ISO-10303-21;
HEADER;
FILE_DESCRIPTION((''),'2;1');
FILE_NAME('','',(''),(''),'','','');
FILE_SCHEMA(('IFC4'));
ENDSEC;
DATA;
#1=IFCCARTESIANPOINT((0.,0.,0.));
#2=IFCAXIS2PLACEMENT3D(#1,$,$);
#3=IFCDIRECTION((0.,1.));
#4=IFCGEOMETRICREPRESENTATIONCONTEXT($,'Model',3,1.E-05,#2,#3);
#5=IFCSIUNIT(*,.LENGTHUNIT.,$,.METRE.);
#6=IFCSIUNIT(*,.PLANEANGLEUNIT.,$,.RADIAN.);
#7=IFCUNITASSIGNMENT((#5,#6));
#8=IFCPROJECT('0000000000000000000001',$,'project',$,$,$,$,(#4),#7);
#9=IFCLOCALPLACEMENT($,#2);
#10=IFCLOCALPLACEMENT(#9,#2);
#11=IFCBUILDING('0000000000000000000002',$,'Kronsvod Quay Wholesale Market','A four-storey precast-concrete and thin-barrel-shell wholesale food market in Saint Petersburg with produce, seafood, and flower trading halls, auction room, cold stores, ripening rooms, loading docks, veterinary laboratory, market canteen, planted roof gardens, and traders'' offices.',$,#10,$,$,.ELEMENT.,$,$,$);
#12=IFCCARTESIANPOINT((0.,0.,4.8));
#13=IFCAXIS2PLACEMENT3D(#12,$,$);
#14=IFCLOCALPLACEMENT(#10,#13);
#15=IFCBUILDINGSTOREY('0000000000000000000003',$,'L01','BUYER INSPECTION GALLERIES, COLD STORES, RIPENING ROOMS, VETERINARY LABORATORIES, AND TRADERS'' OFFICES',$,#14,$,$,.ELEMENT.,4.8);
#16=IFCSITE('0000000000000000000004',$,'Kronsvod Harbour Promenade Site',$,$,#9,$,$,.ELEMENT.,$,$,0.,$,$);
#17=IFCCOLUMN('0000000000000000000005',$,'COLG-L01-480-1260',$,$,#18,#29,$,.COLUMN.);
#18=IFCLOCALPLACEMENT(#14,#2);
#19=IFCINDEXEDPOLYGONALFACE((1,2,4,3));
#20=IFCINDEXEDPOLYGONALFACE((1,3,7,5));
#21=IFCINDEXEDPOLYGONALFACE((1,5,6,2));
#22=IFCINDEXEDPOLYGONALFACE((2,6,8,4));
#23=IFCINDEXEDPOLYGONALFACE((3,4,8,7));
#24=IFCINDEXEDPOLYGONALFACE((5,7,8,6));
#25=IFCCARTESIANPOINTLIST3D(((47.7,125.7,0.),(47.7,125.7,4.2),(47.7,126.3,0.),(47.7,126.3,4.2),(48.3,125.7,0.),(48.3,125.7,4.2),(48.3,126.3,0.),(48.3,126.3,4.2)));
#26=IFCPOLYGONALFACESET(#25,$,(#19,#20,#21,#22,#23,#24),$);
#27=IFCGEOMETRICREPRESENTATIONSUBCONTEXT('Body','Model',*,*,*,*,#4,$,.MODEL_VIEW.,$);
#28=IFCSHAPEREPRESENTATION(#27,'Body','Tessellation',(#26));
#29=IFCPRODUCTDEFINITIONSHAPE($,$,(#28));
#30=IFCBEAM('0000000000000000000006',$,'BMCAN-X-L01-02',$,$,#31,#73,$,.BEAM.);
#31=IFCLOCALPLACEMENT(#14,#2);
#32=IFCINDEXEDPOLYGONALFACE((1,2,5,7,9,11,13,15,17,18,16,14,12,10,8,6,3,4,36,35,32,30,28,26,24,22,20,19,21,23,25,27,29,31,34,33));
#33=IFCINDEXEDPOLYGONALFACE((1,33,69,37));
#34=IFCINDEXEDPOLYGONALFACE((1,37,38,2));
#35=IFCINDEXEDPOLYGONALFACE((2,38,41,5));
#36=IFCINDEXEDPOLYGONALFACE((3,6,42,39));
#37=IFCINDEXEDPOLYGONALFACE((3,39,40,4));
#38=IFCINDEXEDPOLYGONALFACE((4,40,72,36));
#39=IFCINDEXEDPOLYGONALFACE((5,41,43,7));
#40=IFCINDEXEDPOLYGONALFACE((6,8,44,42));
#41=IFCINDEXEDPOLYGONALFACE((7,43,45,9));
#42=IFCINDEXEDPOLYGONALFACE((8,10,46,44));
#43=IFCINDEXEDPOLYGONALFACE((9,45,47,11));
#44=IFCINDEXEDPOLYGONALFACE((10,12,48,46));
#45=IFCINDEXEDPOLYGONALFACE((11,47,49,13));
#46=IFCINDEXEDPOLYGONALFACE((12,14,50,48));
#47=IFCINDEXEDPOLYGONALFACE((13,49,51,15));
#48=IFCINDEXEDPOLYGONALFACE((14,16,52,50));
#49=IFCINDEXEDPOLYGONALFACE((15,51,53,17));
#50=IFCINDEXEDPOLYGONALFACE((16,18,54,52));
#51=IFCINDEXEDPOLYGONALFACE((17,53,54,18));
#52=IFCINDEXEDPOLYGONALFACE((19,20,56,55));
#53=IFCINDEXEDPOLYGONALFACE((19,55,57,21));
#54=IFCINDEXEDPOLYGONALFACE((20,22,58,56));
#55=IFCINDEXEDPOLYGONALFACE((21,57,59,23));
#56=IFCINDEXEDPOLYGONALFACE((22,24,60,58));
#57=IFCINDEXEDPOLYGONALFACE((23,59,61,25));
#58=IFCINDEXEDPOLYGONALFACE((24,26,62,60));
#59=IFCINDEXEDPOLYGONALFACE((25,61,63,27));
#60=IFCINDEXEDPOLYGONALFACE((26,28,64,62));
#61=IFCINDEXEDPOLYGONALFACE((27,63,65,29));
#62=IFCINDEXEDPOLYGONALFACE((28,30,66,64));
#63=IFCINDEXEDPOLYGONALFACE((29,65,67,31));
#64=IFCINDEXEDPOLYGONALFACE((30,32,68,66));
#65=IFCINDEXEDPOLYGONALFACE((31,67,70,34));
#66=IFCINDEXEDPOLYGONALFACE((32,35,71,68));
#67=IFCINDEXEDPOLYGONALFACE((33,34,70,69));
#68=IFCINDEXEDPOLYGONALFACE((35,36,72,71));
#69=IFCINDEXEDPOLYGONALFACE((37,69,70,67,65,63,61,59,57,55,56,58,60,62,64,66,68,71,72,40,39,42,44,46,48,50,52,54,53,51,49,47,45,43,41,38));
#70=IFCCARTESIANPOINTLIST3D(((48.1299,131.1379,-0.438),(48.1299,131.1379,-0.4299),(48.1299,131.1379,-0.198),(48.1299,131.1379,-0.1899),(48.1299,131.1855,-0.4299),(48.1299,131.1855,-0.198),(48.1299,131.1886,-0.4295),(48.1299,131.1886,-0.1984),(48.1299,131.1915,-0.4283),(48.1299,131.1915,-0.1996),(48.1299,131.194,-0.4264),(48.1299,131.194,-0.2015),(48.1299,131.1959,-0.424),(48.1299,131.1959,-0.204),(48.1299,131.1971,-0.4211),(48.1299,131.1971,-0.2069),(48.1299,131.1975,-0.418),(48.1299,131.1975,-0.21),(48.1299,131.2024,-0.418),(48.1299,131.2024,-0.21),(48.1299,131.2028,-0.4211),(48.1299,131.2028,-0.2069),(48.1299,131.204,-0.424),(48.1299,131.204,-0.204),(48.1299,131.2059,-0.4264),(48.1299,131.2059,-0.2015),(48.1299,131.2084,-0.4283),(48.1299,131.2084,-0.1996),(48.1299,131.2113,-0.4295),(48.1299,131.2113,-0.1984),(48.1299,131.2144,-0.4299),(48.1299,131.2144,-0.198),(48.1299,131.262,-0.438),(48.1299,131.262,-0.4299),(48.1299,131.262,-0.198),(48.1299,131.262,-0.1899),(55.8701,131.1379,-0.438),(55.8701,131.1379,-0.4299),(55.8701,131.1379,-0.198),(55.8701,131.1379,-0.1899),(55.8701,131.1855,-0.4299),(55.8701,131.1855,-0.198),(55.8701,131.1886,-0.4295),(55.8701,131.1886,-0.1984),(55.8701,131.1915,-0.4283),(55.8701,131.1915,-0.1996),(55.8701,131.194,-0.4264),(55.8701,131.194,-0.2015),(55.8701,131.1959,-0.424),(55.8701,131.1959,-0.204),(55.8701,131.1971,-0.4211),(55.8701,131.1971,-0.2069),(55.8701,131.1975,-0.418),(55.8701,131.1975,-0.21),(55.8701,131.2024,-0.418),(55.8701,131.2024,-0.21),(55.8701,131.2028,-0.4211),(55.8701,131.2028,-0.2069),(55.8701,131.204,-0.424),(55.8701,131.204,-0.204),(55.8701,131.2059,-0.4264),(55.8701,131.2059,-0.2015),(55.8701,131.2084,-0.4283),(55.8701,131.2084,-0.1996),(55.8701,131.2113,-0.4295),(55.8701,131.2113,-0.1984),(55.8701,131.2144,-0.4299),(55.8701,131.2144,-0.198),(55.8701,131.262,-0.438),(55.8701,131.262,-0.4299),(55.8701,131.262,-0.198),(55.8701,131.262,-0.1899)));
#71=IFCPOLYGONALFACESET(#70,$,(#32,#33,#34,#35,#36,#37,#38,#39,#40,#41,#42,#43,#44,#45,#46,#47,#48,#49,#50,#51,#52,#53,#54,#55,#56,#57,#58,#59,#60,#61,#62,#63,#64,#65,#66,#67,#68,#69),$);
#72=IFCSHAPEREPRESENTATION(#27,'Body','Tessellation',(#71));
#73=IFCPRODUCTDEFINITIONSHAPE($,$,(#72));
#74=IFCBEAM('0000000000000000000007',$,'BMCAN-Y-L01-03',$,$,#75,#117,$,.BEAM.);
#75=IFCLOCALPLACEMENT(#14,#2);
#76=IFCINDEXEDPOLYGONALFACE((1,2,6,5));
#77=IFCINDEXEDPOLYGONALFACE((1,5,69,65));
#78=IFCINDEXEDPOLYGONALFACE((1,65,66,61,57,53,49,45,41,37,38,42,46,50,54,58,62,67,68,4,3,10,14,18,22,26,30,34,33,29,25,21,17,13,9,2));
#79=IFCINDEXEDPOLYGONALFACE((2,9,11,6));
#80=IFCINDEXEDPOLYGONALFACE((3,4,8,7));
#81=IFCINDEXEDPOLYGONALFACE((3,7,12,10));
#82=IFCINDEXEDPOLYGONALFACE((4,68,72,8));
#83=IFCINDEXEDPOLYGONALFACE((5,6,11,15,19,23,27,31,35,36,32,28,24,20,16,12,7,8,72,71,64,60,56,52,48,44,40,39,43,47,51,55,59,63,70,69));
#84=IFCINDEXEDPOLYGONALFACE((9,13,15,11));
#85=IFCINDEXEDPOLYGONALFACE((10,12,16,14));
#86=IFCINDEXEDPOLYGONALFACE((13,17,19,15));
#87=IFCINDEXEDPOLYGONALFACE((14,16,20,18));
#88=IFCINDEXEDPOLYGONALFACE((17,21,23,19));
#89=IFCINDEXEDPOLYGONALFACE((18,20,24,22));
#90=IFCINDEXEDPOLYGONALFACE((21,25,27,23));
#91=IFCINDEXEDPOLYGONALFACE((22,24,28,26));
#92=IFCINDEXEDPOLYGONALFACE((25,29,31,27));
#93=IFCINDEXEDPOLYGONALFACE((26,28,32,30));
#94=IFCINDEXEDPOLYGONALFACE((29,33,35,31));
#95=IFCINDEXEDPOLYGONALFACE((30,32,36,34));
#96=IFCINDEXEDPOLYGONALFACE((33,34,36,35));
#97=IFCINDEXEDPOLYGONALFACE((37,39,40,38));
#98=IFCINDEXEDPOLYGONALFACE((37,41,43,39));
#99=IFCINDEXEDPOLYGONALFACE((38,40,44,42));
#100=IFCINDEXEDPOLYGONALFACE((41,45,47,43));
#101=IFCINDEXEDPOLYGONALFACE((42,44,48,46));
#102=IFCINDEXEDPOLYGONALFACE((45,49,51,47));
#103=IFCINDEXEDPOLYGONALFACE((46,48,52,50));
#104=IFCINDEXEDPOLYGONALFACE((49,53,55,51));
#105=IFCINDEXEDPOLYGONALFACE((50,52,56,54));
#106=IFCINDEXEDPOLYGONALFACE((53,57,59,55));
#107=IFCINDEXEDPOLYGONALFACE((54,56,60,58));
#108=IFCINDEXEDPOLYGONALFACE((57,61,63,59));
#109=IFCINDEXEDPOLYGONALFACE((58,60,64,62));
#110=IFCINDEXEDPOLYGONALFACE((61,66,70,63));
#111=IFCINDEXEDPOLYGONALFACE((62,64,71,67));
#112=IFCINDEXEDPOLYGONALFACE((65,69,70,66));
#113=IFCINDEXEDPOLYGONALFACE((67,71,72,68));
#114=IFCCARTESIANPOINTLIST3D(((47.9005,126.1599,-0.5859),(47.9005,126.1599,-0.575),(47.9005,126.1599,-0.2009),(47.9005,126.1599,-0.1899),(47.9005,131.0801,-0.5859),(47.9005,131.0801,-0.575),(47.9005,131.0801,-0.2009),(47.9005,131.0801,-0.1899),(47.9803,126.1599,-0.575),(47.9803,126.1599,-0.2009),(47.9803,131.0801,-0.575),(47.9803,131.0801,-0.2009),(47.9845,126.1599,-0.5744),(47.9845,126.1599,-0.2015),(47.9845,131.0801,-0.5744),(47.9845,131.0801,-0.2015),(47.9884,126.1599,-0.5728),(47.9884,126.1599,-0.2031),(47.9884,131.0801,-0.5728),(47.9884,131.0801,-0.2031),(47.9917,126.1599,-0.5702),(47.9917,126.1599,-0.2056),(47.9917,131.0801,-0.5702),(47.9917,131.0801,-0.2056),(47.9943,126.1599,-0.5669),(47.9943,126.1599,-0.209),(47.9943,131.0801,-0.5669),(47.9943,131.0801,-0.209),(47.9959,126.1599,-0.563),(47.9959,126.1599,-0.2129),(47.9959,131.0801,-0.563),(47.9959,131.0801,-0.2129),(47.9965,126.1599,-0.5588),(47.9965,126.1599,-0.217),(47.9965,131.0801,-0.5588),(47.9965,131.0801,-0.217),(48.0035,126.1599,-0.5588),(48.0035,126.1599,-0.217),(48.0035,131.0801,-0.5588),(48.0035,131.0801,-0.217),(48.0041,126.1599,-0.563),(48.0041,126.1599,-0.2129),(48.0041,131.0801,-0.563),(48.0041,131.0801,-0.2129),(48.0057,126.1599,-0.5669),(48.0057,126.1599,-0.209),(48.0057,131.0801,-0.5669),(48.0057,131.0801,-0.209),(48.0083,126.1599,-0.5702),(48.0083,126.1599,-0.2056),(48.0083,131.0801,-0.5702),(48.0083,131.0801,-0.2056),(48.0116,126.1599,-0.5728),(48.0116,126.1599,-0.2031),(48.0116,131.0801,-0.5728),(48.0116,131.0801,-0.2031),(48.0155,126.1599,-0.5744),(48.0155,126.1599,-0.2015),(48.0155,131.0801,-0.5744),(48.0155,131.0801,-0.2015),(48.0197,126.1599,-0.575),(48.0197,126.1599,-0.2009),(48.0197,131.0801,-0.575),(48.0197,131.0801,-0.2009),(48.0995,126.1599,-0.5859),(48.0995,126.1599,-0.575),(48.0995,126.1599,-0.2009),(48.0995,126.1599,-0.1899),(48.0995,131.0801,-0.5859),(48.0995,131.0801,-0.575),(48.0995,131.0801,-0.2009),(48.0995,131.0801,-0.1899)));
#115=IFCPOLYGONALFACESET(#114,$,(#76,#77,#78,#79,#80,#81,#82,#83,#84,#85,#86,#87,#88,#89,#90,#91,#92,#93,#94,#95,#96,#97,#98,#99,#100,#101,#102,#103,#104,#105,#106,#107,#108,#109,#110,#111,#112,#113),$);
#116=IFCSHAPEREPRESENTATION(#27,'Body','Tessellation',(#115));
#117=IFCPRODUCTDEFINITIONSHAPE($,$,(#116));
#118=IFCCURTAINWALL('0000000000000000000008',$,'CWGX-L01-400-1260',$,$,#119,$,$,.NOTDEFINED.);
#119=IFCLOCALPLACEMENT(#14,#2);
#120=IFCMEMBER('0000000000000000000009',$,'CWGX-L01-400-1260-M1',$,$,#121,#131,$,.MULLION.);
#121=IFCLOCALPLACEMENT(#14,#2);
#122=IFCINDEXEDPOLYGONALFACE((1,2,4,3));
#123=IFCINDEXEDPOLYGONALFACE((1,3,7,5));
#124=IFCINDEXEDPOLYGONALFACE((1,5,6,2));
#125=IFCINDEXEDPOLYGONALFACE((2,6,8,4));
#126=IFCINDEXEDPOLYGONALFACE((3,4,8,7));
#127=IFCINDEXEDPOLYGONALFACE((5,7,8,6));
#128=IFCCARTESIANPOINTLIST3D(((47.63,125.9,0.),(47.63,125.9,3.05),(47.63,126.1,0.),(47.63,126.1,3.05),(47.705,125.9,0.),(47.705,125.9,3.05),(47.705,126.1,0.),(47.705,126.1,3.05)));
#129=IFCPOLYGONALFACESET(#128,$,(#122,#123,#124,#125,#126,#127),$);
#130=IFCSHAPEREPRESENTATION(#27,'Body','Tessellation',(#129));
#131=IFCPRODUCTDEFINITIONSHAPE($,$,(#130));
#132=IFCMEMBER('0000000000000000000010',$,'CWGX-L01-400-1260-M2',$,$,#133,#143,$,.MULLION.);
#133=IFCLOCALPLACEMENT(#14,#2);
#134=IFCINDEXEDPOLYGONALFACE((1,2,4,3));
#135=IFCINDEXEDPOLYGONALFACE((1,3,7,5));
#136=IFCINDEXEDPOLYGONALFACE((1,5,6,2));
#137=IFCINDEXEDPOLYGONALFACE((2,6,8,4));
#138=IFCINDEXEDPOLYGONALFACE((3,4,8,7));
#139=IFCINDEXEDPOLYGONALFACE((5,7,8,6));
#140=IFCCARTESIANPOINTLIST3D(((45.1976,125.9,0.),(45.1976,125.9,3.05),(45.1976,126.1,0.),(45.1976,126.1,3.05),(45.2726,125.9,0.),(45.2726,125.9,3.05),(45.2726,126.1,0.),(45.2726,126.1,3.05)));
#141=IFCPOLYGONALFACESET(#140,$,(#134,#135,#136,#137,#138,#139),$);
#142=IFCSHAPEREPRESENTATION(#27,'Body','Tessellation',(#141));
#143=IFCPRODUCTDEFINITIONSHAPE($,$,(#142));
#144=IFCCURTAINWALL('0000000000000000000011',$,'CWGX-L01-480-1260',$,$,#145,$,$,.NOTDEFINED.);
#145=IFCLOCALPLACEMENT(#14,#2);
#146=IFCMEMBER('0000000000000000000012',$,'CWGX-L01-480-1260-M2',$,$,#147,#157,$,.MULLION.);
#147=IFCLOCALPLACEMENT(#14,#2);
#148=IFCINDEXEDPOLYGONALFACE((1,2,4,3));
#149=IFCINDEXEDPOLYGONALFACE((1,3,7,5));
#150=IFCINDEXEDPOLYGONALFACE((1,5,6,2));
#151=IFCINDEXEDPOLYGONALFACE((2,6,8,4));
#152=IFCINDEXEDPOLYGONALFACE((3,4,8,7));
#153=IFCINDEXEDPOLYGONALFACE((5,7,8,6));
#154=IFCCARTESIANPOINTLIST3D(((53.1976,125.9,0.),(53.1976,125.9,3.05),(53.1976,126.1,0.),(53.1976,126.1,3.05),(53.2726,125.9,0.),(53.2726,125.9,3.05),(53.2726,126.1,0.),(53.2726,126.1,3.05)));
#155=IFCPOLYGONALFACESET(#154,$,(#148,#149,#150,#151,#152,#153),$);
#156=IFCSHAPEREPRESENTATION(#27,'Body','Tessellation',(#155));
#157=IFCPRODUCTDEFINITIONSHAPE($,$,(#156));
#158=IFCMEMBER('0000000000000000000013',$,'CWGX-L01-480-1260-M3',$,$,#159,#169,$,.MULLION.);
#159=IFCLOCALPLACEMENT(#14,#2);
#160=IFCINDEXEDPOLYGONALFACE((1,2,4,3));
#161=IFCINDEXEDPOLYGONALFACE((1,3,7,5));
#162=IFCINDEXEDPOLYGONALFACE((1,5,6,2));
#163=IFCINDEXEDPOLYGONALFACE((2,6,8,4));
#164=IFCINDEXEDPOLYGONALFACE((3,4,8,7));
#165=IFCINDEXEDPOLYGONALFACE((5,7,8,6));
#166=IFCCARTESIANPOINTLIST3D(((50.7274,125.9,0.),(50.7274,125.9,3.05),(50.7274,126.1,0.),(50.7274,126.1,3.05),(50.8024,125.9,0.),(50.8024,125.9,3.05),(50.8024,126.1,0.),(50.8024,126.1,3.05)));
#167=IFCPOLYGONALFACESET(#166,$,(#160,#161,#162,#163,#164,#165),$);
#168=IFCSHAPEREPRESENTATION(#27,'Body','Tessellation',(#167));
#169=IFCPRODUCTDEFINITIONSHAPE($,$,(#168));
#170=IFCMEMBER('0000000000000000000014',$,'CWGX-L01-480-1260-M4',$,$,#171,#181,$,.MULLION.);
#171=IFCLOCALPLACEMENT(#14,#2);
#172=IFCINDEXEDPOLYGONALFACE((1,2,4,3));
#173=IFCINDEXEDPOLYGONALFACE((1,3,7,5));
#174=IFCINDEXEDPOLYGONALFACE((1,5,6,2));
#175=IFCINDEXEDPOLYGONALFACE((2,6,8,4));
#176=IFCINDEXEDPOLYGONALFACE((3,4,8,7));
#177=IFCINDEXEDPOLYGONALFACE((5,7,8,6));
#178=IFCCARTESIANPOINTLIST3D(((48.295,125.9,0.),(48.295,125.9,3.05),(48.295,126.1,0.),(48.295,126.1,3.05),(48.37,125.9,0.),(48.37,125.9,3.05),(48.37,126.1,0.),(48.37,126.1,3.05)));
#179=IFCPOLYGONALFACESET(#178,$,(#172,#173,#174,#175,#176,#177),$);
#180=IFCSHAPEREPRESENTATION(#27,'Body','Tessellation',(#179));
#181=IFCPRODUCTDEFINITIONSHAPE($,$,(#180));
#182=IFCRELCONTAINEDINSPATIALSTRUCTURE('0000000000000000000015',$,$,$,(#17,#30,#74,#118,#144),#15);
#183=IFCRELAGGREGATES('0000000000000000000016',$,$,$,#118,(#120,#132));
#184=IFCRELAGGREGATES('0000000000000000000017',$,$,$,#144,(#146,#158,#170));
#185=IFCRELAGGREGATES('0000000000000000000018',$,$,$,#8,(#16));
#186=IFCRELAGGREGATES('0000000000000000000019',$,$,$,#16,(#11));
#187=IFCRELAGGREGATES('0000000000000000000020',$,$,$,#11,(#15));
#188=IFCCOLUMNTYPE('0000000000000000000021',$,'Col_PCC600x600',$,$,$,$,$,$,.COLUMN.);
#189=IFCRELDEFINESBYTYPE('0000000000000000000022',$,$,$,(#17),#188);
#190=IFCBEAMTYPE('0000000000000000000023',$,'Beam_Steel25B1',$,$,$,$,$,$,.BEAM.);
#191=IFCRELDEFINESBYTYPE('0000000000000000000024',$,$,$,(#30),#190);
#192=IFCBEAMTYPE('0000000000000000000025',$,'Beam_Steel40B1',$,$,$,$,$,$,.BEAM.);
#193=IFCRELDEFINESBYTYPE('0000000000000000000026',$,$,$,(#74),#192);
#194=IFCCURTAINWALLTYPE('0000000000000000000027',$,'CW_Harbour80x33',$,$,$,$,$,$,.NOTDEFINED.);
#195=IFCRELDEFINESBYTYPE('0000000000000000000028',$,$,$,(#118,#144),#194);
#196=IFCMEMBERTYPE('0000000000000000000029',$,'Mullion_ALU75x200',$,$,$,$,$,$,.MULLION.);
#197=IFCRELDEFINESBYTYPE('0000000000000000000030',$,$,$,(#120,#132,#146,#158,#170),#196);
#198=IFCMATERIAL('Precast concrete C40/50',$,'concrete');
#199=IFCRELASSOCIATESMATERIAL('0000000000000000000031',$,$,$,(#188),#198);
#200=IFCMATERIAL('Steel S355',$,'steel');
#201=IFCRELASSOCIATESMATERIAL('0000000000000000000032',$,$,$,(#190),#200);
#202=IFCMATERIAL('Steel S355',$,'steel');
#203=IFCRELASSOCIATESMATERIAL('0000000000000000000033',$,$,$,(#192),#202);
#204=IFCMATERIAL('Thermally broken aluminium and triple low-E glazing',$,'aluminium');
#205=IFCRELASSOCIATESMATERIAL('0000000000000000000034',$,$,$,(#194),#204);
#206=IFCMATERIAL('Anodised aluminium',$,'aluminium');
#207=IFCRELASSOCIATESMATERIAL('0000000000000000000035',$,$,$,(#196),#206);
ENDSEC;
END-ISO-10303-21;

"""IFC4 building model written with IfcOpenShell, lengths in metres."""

from ifc_helpers import new_model, si_unit, direction, frame, origin, origin_2d, place, context, subcontext, project, spatial, rectangle, i_section, extrude, material, material_profile, profile_set, type_object, element, aggregate, save


model = new_model("IFC4")

# Units and contexts
model_context = context("Model", 3, precision=1e-05, world=origin(), true_north=direction((0.0, 1.0)))
body_context = subcontext(model_context, "Body", "Model", "MODEL_VIEW")
ifc_project = project(units=[si_unit("LENGTHUNIT", "METRE"), si_unit("PLANEANGLEUNIT", "RADIAN")], contexts=[model_context])

# Site, building, storey
site_placement = place(None, origin())
site = spatial("IfcSite", under=ifc_project, at=site_placement, Name="Kronsvod Harbour Promenade Site", CompositionType="ELEMENT", RefElevation=0.0)
building_placement = place(site_placement, origin())
building = spatial("IfcBuilding", under=site, at=building_placement, Name="Kronsvod Quay Wholesale Market", Description="A four-storey precast-concrete and thin-barrel-shell wholesale food market in Saint Petersburg with produce, seafood, and flower trading halls, auction room, cold stores, ripening rooms, loading docks, veterinary laboratory, market canteen, planted roof gardens, and traders' offices.", CompositionType="ELEMENT")
storey_placement = place(building_placement, frame((0.0, 0.0, 4.8)))
storey = spatial("IfcBuildingStorey", under=building, at=storey_placement, Name="L01", Description="BUYER INSPECTION GALLERIES, COLD STORES, RIPENING ROOMS, VETERINARY LABORATORIES, AND TRADERS' OFFICES", CompositionType="ELEMENT", Elevation=4.8)

# Column
ifc_material_1 = material(Name="Precast concrete C40/50", Category="concrete")
ifc_material_profile_1 = material_profile(ifc_material_1, rectangle(XDim=0.6001, YDim=0.6001, at=origin_2d()), Name="PCC600x600")
ifc_profile_set_1 = profile_set([ifc_material_profile_1], Name="Precast concrete C40/50")
column_type = type_object("IfcColumnType", Name="Col_PCC600x600", PredefinedType="COLUMN", material=ifc_profile_set_1)
column_placement = place(storey_placement, frame((48.0, 126.0, 0.0), z_axis=(0.0, 0.0, 1.0), x_axis=(1.0, 0.0, 0.0)))
element("IfcColumn", 1, at=column_placement, inside=storey, type_object=column_type, Name="COLG-L01-480-1260", PredefinedType="COLUMN", context=body_context, shape_type="SweptSolid", body=[
    extrude(rectangle(XDim=0.6001, YDim=0.6001, at=origin_2d()), origin(), (0.0, 0.0, 1.0), 4.2),
])

# Beams
ifc_material_2 = material(Name="Steel S355", Category="steel")
ifc_material_profile_2 = material_profile(ifc_material_2, i_section(OverallWidth=0.124, OverallDepth=0.248, WebThickness=0.0049, FlangeThickness=0.0081, FilletRadius=0.012, at=origin_2d()), Name="25B1")
ifc_profile_set_2 = profile_set([ifc_material_profile_2], Name="Steel S355")
beam_type_1 = type_object("IfcBeamType", Name="Beam_Steel25B1", PredefinedType="BEAM", material=ifc_profile_set_2)
beam_1_placement = place(storey_placement, frame((48.1299, 131.2, -0.314), z_axis=(1.0, 0.0, 0.0), x_axis=(0.0, 1.0, 0.0)))
element("IfcBeam", 2, at=beam_1_placement, inside=storey, type_object=beam_type_1, Name="BMCAN-X-L01-02", PredefinedType="BEAM", context=body_context, shape_type="SweptSolid", body=[
    extrude(i_section(OverallWidth=0.124, OverallDepth=0.248, WebThickness=0.0049, FlangeThickness=0.0081, FilletRadius=0.012, at=origin_2d()), origin(), (0.0, 0.0, 1.0), 7.7402),
])
ifc_material_3 = material(Name="Steel S355", Category="steel")
ifc_material_profile_3 = material_profile(ifc_material_3, i_section(OverallWidth=0.199, OverallDepth=0.396, WebThickness=0.0071, FlangeThickness=0.011, FilletRadius=0.0161, at=origin_2d()), Name="40B1")
ifc_profile_set_3 = profile_set([ifc_material_profile_3], Name="Steel S355")
beam_type_2 = type_object("IfcBeamType", Name="Beam_Steel40B1", PredefinedType="BEAM", material=ifc_profile_set_3)
beam_2_placement = place(storey_placement, frame((48.0, 126.1599, -0.3879), z_axis=(0.0, 1.0, 0.0), x_axis=(-1.0, 0.0, 0.0)))
element("IfcBeam", 3, at=beam_2_placement, inside=storey, type_object=beam_type_2, Name="BMCAN-Y-L01-03", PredefinedType="BEAM", context=body_context, shape_type="SweptSolid", body=[
    extrude(i_section(OverallWidth=0.199, OverallDepth=0.396, WebThickness=0.0071, FlangeThickness=0.011, FilletRadius=0.0161, at=origin_2d()), origin(), (0.0, 0.0, 1.0), 4.9202),
])

# Curtain walls, members
ifc_material_4 = material(Name="Thermally broken aluminium and triple low-E glazing", Category="aluminium")
curtain_wall_type = type_object("IfcCurtainWallType", Name="CW_Harbour80x33", PredefinedType="NOTDEFINED", material=ifc_material_4)
curtain_wall_1_placement = place(storey_placement, origin())
curtain_wall_1 = element("IfcCurtainWall", 4, at=curtain_wall_1_placement, inside=storey, type_object=curtain_wall_type, Name="CWGX-L01-400-1260", PredefinedType="NOTDEFINED")
ifc_material_5 = material(Name="Anodised aluminium", Category="aluminium")
ifc_material_profile_4 = material_profile(ifc_material_5, rectangle(XDim=0.075, YDim=0.2, at=origin_2d()), Name="ALUM75x200")
ifc_profile_set_4 = profile_set([ifc_material_profile_4], Name="Anodised aluminium")
member_type_1 = type_object("IfcMemberType", Name="Mullion_ALU75x200", PredefinedType="MULLION", material=ifc_profile_set_4)
member_1_placement = place(storey_placement, frame((47.6675, 126.0, 0.0), z_axis=(0.0, 0.0, 1.0), x_axis=(1.0, 0.0, 0.0)))
member_1 = element("IfcMember", 5, at=member_1_placement, type_object=member_type_1, Name="CWGX-L01-400-1260-M1", PredefinedType="MULLION", context=body_context, shape_type="SweptSolid", body=[
    extrude(rectangle(XDim=0.075, YDim=0.2, at=origin_2d()), origin(), (0.0, 0.0, 1.0), 3.05),
])
member_2_placement = place(storey_placement, frame((45.2351, 126.0, 0.0), z_axis=(0.0, 0.0, 1.0), x_axis=(1.0, 0.0, 0.0)))
member_2 = element("IfcMember", 6, at=member_2_placement, type_object=member_type_1, Name="CWGX-L01-400-1260-M2", PredefinedType="MULLION", context=body_context, shape_type="SweptSolid", body=[
    extrude(rectangle(XDim=0.075, YDim=0.2, at=origin_2d()), origin(), (0.0, 0.0, 1.0), 3.05),
])
curtain_wall_2_placement = place(storey_placement, origin())
curtain_wall_2 = element("IfcCurtainWall", 7, at=curtain_wall_2_placement, inside=storey, type_object=curtain_wall_type, Name="CWGX-L01-480-1260", PredefinedType="NOTDEFINED")
member_3_placement = place(storey_placement, frame((53.2351, 126.0, 0.0), z_axis=(0.0, 0.0, 1.0), x_axis=(1.0, 0.0, 0.0)))
member_3 = element("IfcMember", 8, at=member_3_placement, type_object=member_type_1, Name="CWGX-L01-480-1260-M2", PredefinedType="MULLION", context=body_context, shape_type="SweptSolid", body=[
    extrude(rectangle(XDim=0.075, YDim=0.2, at=origin_2d()), origin(), (0.0, 0.0, 1.0), 3.05),
])
member_4_placement = place(storey_placement, frame((50.7649, 126.0, 0.0), z_axis=(0.0, 0.0, 1.0), x_axis=(1.0, 0.0, 0.0)))
member_4 = element("IfcMember", 9, at=member_4_placement, type_object=member_type_1, Name="CWGX-L01-480-1260-M3", PredefinedType="MULLION", context=body_context, shape_type="SweptSolid", body=[
    extrude(rectangle(XDim=0.075, YDim=0.2, at=origin_2d()), origin(), (0.0, 0.0, 1.0), 3.05),
])
member_5_placement = place(storey_placement, frame((48.3325, 126.0, 0.0), z_axis=(0.0, 0.0, 1.0), x_axis=(1.0, 0.0, 0.0)))
member_5 = element("IfcMember", 10, at=member_5_placement, type_object=member_type_1, Name="CWGX-L01-480-1260-M4", PredefinedType="MULLION", context=body_context, shape_type="SweptSolid", body=[
    extrude(rectangle(XDim=0.075, YDim=0.2, at=origin_2d()), origin(), (0.0, 0.0, 1.0), 3.05),
])

aggregate(curtain_wall_1, [member_1, member_2])
aggregate(curtain_wall_2, [member_3, member_4, member_5])

save(model, "model.ifc")
